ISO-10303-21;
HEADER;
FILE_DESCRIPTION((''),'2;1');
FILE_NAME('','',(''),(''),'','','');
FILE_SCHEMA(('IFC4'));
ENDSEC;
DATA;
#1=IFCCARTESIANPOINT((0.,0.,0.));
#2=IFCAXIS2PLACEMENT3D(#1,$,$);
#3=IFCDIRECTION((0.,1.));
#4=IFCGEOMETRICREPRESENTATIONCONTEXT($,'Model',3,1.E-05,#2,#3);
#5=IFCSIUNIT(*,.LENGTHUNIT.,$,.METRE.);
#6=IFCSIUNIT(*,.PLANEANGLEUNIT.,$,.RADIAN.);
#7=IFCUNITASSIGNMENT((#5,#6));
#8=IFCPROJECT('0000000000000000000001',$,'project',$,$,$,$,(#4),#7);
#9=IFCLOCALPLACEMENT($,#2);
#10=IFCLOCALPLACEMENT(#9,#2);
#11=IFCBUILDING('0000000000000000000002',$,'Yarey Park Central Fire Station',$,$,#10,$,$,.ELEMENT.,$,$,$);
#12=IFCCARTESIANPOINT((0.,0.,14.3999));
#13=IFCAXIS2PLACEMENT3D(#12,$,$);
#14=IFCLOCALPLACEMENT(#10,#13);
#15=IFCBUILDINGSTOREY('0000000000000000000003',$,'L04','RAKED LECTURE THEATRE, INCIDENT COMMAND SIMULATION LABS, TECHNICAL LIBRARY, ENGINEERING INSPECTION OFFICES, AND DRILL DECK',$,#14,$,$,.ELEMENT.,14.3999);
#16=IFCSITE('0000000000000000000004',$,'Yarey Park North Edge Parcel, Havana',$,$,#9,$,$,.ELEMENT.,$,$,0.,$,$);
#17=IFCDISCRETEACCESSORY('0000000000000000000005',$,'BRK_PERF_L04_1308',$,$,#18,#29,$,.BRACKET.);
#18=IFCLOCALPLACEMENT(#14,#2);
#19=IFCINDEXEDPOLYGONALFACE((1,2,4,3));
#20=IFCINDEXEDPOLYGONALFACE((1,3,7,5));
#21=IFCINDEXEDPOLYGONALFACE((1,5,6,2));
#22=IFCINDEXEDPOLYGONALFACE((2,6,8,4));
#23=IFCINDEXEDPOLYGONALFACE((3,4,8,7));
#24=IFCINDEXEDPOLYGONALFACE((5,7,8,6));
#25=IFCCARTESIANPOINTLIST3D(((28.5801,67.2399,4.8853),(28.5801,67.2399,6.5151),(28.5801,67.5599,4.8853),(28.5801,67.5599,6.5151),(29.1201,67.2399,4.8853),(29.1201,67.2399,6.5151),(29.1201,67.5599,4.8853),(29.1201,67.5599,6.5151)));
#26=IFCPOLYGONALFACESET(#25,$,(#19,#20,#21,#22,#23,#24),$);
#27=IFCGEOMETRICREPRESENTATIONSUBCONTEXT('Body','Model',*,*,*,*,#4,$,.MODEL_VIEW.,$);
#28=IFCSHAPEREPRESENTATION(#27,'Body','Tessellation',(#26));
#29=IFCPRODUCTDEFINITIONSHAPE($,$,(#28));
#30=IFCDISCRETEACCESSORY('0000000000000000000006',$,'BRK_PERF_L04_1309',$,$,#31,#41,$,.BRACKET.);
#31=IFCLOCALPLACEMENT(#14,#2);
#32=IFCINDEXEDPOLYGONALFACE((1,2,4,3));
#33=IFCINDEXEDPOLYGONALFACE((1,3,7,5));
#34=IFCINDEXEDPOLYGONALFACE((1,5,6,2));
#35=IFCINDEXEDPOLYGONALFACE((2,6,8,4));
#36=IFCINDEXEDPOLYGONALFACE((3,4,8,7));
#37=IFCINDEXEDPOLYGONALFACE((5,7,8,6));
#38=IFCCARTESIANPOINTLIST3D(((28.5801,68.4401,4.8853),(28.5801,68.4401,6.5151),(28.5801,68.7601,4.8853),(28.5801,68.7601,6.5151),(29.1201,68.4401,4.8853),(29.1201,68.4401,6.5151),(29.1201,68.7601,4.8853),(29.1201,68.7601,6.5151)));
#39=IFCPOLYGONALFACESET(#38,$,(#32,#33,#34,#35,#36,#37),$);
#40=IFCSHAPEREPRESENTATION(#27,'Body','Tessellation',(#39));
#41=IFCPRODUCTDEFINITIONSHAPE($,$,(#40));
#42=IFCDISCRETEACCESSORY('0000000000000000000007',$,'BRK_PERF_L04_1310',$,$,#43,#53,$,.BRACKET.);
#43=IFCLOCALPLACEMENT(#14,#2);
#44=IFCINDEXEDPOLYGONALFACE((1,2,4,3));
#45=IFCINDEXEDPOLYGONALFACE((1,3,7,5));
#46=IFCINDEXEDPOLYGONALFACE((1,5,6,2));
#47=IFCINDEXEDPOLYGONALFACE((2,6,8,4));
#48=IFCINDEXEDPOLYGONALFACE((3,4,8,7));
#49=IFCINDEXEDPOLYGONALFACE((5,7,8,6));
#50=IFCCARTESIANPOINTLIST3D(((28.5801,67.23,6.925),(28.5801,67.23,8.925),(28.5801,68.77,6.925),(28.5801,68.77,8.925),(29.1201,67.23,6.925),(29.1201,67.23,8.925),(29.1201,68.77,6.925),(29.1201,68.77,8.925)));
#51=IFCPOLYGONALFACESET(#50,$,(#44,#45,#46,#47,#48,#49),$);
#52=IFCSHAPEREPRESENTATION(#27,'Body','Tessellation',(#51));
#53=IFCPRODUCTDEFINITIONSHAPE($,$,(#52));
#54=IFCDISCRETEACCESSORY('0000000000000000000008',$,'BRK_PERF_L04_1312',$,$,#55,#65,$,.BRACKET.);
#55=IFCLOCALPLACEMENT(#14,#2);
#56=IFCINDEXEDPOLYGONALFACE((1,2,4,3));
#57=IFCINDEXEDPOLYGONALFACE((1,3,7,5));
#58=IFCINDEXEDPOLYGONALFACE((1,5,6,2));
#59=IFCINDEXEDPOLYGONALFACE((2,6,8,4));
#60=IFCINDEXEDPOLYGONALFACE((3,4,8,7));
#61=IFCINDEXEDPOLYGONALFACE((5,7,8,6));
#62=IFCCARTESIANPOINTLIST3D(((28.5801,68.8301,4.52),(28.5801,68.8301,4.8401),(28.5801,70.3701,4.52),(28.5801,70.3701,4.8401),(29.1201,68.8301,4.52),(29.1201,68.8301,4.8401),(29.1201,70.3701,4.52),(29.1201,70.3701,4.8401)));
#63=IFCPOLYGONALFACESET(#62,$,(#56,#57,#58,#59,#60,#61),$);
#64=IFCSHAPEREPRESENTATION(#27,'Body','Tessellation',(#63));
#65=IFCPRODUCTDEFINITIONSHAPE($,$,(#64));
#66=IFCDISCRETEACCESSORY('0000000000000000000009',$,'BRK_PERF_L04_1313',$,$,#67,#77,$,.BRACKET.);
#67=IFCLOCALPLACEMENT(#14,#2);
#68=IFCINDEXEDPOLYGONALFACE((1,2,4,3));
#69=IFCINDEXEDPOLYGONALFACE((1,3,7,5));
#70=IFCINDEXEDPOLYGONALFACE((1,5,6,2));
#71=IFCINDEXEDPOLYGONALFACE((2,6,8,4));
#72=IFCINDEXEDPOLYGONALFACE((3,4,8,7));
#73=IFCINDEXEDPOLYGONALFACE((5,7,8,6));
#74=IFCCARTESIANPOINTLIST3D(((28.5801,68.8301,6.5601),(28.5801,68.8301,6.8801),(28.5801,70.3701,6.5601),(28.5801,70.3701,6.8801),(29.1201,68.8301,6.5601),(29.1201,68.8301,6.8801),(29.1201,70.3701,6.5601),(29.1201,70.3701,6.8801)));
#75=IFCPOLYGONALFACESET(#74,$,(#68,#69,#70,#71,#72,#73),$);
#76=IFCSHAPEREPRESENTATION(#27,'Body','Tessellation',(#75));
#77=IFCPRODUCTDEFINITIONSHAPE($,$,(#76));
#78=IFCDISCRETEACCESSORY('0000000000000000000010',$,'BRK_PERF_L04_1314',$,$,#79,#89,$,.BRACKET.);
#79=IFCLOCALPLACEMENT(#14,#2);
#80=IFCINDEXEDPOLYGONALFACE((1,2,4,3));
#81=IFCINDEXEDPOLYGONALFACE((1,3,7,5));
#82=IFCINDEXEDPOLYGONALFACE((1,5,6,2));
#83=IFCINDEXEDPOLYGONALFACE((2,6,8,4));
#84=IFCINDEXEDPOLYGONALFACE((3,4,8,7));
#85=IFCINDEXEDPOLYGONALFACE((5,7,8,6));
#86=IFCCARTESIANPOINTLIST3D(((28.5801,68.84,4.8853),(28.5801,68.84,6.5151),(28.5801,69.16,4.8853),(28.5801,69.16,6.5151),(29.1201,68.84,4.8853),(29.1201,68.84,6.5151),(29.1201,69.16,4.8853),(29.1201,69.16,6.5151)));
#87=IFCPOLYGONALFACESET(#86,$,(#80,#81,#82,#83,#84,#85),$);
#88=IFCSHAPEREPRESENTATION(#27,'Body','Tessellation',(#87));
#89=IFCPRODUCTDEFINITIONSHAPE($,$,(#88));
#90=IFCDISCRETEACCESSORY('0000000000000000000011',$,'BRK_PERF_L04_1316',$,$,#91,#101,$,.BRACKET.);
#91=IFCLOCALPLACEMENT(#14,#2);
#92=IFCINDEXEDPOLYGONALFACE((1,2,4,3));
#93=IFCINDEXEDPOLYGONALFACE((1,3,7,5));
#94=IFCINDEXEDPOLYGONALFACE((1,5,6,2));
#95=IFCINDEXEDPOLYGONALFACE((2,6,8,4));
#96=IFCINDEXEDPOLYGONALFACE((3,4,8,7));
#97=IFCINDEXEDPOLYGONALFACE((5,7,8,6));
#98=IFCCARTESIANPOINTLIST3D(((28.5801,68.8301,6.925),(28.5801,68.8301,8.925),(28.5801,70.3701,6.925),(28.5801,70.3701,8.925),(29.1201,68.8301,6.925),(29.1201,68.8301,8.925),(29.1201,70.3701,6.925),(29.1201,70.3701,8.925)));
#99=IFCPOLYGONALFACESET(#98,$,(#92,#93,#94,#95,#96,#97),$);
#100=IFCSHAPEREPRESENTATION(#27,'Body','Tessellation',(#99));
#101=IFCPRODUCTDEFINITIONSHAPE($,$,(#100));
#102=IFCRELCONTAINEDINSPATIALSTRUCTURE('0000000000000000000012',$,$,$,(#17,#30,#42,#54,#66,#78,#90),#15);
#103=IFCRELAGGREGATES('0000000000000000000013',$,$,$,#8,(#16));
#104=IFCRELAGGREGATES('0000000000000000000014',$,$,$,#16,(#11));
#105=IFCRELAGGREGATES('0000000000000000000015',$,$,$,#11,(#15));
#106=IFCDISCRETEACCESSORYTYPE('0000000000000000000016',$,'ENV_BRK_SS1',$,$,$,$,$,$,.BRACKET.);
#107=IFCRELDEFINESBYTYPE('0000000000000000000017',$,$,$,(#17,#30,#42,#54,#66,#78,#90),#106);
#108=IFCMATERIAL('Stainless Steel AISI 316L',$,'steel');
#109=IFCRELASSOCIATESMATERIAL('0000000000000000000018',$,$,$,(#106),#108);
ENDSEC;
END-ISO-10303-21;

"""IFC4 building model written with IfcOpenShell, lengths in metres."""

from ifc_helpers import new_model, si_unit, direction, frame, origin, origin_2d, place, context, subcontext, project, spatial, rectangle, extrude, material, type_object, element, save


model = new_model("IFC4")

# Units and contexts
model_context = context("Model", 3, precision=1e-05, world=origin(), true_north=direction((0.0, 1.0)))
body_context = subcontext(model_context, "Body", "Model", "MODEL_VIEW")
ifc_project = project(units=[si_unit("LENGTHUNIT", "METRE"), si_unit("PLANEANGLEUNIT", "RADIAN")], contexts=[model_context])

# Site, building, storey
site_placement = place(None, origin())
site = spatial("IfcSite", under=ifc_project, at=site_placement, Name="Yarey Park North Edge Parcel, Havana", CompositionType="ELEMENT", RefElevation=0.0)
building_placement = place(site_placement, origin())
building = spatial("IfcBuilding", under=site, at=building_placement, Name="Yarey Park Central Fire Station", CompositionType="ELEMENT")
storey_placement = place(building_placement, frame((0.0, 0.0, 14.3999)))
storey = spatial("IfcBuildingStorey", under=building, at=storey_placement, Name="L04", Description="RAKED LECTURE THEATRE, INCIDENT COMMAND SIMULATION LABS, TECHNICAL LIBRARY, ENGINEERING INSPECTION OFFICES, AND DRILL DECK", CompositionType="ELEMENT", Elevation=14.3999)

# Discrete accessories
ifc_material_1 = material(Name="Stainless Steel AISI 316L", Category="steel")
discrete_accessory_type = type_object("IfcDiscreteAccessoryType", Name="ENV_BRK_SS1", PredefinedType="BRACKET", material=ifc_material_1)
for number, where, z_axis, x_axis, name in (
    (1, (28.8501, 67.3999, 4.8853), (0.0, 0.0, 1.0), (1.0, 0.0, 0.0), "BRK_PERF_L04_1308"),
    (2, (28.8501, 68.6001, 4.8853), (0.0, 0.0, 1.0), (1.0, 0.0, 0.0), "BRK_PERF_L04_1309"),
):
    element("IfcDiscreteAccessory", number, at=place(storey_placement, frame(where, z_axis=z_axis, x_axis=x_axis)), inside=storey, type_object=discrete_accessory_type, Name=name, PredefinedType="BRACKET", context=body_context, shape_type="SweptSolid", body=[
        extrude(rectangle(XDim=0.54, YDim=0.3201, at=origin_2d()), origin(), (0.0, 0.0, 1.0), 1.6299),
    ])
discrete_accessory_1_placement = place(storey_placement, frame((28.8501, 68.0, 6.925), z_axis=(0.0, 0.0, 1.0), x_axis=(1.0, 0.0, 0.0)))
element("IfcDiscreteAccessory", 3, at=discrete_accessory_1_placement, inside=storey, type_object=discrete_accessory_type, Name="BRK_PERF_L04_1310", PredefinedType="BRACKET", context=body_context, shape_type="SweptSolid", body=[
    extrude(rectangle(XDim=0.54, YDim=1.54, at=origin_2d()), origin(), (0.0, 0.0, 1.0), 2.0),
])
for number, where, z_axis, x_axis, name in (
    (4, (28.8501, 69.6001, 4.52), (0.0, 0.0, 1.0), (1.0, 0.0, 0.0), "BRK_PERF_L04_1312"),
    (5, (28.8501, 69.6001, 6.5601), (0.0, 0.0, 1.0), (1.0, 0.0, 0.0), "BRK_PERF_L04_1313"),
):
    element("IfcDiscreteAccessory", number, at=place(storey_placement, frame(where, z_axis=z_axis, x_axis=x_axis)), inside=storey, type_object=discrete_accessory_type, Name=name, PredefinedType="BRACKET", context=body_context, shape_type="SweptSolid", body=[
        extrude(rectangle(XDim=0.54, YDim=1.54, at=origin_2d()), origin(), (0.0, 0.0, 1.0), 0.3201),
    ])
discrete_accessory_2_placement = place(storey_placement, frame((28.8501, 69.0, 4.8853), z_axis=(0.0, 0.0, 1.0), x_axis=(1.0, 0.0, 0.0)))
element("IfcDiscreteAccessory", 6, at=discrete_accessory_2_placement, inside=storey, type_object=discrete_accessory_type, Name="BRK_PERF_L04_1314", PredefinedType="BRACKET", context=body_context, shape_type="SweptSolid", body=[
    extrude(rectangle(XDim=0.54, YDim=0.3201, at=origin_2d()), origin(), (0.0, 0.0, 1.0), 1.6299),
])
discrete_accessory_3_placement = place(storey_placement, frame((28.8501, 69.6001, 6.925), z_axis=(0.0, 0.0, 1.0), x_axis=(1.0, 0.0, 0.0)))
element("IfcDiscreteAccessory", 7, at=discrete_accessory_3_placement, inside=storey, type_object=discrete_accessory_type, Name="BRK_PERF_L04_1316", PredefinedType="BRACKET", context=body_context, shape_type="SweptSolid", body=[
    extrude(rectangle(XDim=0.54, YDim=1.54, at=origin_2d()), origin(), (0.0, 0.0, 1.0), 2.0),
])

save(model, "model.ifc")
